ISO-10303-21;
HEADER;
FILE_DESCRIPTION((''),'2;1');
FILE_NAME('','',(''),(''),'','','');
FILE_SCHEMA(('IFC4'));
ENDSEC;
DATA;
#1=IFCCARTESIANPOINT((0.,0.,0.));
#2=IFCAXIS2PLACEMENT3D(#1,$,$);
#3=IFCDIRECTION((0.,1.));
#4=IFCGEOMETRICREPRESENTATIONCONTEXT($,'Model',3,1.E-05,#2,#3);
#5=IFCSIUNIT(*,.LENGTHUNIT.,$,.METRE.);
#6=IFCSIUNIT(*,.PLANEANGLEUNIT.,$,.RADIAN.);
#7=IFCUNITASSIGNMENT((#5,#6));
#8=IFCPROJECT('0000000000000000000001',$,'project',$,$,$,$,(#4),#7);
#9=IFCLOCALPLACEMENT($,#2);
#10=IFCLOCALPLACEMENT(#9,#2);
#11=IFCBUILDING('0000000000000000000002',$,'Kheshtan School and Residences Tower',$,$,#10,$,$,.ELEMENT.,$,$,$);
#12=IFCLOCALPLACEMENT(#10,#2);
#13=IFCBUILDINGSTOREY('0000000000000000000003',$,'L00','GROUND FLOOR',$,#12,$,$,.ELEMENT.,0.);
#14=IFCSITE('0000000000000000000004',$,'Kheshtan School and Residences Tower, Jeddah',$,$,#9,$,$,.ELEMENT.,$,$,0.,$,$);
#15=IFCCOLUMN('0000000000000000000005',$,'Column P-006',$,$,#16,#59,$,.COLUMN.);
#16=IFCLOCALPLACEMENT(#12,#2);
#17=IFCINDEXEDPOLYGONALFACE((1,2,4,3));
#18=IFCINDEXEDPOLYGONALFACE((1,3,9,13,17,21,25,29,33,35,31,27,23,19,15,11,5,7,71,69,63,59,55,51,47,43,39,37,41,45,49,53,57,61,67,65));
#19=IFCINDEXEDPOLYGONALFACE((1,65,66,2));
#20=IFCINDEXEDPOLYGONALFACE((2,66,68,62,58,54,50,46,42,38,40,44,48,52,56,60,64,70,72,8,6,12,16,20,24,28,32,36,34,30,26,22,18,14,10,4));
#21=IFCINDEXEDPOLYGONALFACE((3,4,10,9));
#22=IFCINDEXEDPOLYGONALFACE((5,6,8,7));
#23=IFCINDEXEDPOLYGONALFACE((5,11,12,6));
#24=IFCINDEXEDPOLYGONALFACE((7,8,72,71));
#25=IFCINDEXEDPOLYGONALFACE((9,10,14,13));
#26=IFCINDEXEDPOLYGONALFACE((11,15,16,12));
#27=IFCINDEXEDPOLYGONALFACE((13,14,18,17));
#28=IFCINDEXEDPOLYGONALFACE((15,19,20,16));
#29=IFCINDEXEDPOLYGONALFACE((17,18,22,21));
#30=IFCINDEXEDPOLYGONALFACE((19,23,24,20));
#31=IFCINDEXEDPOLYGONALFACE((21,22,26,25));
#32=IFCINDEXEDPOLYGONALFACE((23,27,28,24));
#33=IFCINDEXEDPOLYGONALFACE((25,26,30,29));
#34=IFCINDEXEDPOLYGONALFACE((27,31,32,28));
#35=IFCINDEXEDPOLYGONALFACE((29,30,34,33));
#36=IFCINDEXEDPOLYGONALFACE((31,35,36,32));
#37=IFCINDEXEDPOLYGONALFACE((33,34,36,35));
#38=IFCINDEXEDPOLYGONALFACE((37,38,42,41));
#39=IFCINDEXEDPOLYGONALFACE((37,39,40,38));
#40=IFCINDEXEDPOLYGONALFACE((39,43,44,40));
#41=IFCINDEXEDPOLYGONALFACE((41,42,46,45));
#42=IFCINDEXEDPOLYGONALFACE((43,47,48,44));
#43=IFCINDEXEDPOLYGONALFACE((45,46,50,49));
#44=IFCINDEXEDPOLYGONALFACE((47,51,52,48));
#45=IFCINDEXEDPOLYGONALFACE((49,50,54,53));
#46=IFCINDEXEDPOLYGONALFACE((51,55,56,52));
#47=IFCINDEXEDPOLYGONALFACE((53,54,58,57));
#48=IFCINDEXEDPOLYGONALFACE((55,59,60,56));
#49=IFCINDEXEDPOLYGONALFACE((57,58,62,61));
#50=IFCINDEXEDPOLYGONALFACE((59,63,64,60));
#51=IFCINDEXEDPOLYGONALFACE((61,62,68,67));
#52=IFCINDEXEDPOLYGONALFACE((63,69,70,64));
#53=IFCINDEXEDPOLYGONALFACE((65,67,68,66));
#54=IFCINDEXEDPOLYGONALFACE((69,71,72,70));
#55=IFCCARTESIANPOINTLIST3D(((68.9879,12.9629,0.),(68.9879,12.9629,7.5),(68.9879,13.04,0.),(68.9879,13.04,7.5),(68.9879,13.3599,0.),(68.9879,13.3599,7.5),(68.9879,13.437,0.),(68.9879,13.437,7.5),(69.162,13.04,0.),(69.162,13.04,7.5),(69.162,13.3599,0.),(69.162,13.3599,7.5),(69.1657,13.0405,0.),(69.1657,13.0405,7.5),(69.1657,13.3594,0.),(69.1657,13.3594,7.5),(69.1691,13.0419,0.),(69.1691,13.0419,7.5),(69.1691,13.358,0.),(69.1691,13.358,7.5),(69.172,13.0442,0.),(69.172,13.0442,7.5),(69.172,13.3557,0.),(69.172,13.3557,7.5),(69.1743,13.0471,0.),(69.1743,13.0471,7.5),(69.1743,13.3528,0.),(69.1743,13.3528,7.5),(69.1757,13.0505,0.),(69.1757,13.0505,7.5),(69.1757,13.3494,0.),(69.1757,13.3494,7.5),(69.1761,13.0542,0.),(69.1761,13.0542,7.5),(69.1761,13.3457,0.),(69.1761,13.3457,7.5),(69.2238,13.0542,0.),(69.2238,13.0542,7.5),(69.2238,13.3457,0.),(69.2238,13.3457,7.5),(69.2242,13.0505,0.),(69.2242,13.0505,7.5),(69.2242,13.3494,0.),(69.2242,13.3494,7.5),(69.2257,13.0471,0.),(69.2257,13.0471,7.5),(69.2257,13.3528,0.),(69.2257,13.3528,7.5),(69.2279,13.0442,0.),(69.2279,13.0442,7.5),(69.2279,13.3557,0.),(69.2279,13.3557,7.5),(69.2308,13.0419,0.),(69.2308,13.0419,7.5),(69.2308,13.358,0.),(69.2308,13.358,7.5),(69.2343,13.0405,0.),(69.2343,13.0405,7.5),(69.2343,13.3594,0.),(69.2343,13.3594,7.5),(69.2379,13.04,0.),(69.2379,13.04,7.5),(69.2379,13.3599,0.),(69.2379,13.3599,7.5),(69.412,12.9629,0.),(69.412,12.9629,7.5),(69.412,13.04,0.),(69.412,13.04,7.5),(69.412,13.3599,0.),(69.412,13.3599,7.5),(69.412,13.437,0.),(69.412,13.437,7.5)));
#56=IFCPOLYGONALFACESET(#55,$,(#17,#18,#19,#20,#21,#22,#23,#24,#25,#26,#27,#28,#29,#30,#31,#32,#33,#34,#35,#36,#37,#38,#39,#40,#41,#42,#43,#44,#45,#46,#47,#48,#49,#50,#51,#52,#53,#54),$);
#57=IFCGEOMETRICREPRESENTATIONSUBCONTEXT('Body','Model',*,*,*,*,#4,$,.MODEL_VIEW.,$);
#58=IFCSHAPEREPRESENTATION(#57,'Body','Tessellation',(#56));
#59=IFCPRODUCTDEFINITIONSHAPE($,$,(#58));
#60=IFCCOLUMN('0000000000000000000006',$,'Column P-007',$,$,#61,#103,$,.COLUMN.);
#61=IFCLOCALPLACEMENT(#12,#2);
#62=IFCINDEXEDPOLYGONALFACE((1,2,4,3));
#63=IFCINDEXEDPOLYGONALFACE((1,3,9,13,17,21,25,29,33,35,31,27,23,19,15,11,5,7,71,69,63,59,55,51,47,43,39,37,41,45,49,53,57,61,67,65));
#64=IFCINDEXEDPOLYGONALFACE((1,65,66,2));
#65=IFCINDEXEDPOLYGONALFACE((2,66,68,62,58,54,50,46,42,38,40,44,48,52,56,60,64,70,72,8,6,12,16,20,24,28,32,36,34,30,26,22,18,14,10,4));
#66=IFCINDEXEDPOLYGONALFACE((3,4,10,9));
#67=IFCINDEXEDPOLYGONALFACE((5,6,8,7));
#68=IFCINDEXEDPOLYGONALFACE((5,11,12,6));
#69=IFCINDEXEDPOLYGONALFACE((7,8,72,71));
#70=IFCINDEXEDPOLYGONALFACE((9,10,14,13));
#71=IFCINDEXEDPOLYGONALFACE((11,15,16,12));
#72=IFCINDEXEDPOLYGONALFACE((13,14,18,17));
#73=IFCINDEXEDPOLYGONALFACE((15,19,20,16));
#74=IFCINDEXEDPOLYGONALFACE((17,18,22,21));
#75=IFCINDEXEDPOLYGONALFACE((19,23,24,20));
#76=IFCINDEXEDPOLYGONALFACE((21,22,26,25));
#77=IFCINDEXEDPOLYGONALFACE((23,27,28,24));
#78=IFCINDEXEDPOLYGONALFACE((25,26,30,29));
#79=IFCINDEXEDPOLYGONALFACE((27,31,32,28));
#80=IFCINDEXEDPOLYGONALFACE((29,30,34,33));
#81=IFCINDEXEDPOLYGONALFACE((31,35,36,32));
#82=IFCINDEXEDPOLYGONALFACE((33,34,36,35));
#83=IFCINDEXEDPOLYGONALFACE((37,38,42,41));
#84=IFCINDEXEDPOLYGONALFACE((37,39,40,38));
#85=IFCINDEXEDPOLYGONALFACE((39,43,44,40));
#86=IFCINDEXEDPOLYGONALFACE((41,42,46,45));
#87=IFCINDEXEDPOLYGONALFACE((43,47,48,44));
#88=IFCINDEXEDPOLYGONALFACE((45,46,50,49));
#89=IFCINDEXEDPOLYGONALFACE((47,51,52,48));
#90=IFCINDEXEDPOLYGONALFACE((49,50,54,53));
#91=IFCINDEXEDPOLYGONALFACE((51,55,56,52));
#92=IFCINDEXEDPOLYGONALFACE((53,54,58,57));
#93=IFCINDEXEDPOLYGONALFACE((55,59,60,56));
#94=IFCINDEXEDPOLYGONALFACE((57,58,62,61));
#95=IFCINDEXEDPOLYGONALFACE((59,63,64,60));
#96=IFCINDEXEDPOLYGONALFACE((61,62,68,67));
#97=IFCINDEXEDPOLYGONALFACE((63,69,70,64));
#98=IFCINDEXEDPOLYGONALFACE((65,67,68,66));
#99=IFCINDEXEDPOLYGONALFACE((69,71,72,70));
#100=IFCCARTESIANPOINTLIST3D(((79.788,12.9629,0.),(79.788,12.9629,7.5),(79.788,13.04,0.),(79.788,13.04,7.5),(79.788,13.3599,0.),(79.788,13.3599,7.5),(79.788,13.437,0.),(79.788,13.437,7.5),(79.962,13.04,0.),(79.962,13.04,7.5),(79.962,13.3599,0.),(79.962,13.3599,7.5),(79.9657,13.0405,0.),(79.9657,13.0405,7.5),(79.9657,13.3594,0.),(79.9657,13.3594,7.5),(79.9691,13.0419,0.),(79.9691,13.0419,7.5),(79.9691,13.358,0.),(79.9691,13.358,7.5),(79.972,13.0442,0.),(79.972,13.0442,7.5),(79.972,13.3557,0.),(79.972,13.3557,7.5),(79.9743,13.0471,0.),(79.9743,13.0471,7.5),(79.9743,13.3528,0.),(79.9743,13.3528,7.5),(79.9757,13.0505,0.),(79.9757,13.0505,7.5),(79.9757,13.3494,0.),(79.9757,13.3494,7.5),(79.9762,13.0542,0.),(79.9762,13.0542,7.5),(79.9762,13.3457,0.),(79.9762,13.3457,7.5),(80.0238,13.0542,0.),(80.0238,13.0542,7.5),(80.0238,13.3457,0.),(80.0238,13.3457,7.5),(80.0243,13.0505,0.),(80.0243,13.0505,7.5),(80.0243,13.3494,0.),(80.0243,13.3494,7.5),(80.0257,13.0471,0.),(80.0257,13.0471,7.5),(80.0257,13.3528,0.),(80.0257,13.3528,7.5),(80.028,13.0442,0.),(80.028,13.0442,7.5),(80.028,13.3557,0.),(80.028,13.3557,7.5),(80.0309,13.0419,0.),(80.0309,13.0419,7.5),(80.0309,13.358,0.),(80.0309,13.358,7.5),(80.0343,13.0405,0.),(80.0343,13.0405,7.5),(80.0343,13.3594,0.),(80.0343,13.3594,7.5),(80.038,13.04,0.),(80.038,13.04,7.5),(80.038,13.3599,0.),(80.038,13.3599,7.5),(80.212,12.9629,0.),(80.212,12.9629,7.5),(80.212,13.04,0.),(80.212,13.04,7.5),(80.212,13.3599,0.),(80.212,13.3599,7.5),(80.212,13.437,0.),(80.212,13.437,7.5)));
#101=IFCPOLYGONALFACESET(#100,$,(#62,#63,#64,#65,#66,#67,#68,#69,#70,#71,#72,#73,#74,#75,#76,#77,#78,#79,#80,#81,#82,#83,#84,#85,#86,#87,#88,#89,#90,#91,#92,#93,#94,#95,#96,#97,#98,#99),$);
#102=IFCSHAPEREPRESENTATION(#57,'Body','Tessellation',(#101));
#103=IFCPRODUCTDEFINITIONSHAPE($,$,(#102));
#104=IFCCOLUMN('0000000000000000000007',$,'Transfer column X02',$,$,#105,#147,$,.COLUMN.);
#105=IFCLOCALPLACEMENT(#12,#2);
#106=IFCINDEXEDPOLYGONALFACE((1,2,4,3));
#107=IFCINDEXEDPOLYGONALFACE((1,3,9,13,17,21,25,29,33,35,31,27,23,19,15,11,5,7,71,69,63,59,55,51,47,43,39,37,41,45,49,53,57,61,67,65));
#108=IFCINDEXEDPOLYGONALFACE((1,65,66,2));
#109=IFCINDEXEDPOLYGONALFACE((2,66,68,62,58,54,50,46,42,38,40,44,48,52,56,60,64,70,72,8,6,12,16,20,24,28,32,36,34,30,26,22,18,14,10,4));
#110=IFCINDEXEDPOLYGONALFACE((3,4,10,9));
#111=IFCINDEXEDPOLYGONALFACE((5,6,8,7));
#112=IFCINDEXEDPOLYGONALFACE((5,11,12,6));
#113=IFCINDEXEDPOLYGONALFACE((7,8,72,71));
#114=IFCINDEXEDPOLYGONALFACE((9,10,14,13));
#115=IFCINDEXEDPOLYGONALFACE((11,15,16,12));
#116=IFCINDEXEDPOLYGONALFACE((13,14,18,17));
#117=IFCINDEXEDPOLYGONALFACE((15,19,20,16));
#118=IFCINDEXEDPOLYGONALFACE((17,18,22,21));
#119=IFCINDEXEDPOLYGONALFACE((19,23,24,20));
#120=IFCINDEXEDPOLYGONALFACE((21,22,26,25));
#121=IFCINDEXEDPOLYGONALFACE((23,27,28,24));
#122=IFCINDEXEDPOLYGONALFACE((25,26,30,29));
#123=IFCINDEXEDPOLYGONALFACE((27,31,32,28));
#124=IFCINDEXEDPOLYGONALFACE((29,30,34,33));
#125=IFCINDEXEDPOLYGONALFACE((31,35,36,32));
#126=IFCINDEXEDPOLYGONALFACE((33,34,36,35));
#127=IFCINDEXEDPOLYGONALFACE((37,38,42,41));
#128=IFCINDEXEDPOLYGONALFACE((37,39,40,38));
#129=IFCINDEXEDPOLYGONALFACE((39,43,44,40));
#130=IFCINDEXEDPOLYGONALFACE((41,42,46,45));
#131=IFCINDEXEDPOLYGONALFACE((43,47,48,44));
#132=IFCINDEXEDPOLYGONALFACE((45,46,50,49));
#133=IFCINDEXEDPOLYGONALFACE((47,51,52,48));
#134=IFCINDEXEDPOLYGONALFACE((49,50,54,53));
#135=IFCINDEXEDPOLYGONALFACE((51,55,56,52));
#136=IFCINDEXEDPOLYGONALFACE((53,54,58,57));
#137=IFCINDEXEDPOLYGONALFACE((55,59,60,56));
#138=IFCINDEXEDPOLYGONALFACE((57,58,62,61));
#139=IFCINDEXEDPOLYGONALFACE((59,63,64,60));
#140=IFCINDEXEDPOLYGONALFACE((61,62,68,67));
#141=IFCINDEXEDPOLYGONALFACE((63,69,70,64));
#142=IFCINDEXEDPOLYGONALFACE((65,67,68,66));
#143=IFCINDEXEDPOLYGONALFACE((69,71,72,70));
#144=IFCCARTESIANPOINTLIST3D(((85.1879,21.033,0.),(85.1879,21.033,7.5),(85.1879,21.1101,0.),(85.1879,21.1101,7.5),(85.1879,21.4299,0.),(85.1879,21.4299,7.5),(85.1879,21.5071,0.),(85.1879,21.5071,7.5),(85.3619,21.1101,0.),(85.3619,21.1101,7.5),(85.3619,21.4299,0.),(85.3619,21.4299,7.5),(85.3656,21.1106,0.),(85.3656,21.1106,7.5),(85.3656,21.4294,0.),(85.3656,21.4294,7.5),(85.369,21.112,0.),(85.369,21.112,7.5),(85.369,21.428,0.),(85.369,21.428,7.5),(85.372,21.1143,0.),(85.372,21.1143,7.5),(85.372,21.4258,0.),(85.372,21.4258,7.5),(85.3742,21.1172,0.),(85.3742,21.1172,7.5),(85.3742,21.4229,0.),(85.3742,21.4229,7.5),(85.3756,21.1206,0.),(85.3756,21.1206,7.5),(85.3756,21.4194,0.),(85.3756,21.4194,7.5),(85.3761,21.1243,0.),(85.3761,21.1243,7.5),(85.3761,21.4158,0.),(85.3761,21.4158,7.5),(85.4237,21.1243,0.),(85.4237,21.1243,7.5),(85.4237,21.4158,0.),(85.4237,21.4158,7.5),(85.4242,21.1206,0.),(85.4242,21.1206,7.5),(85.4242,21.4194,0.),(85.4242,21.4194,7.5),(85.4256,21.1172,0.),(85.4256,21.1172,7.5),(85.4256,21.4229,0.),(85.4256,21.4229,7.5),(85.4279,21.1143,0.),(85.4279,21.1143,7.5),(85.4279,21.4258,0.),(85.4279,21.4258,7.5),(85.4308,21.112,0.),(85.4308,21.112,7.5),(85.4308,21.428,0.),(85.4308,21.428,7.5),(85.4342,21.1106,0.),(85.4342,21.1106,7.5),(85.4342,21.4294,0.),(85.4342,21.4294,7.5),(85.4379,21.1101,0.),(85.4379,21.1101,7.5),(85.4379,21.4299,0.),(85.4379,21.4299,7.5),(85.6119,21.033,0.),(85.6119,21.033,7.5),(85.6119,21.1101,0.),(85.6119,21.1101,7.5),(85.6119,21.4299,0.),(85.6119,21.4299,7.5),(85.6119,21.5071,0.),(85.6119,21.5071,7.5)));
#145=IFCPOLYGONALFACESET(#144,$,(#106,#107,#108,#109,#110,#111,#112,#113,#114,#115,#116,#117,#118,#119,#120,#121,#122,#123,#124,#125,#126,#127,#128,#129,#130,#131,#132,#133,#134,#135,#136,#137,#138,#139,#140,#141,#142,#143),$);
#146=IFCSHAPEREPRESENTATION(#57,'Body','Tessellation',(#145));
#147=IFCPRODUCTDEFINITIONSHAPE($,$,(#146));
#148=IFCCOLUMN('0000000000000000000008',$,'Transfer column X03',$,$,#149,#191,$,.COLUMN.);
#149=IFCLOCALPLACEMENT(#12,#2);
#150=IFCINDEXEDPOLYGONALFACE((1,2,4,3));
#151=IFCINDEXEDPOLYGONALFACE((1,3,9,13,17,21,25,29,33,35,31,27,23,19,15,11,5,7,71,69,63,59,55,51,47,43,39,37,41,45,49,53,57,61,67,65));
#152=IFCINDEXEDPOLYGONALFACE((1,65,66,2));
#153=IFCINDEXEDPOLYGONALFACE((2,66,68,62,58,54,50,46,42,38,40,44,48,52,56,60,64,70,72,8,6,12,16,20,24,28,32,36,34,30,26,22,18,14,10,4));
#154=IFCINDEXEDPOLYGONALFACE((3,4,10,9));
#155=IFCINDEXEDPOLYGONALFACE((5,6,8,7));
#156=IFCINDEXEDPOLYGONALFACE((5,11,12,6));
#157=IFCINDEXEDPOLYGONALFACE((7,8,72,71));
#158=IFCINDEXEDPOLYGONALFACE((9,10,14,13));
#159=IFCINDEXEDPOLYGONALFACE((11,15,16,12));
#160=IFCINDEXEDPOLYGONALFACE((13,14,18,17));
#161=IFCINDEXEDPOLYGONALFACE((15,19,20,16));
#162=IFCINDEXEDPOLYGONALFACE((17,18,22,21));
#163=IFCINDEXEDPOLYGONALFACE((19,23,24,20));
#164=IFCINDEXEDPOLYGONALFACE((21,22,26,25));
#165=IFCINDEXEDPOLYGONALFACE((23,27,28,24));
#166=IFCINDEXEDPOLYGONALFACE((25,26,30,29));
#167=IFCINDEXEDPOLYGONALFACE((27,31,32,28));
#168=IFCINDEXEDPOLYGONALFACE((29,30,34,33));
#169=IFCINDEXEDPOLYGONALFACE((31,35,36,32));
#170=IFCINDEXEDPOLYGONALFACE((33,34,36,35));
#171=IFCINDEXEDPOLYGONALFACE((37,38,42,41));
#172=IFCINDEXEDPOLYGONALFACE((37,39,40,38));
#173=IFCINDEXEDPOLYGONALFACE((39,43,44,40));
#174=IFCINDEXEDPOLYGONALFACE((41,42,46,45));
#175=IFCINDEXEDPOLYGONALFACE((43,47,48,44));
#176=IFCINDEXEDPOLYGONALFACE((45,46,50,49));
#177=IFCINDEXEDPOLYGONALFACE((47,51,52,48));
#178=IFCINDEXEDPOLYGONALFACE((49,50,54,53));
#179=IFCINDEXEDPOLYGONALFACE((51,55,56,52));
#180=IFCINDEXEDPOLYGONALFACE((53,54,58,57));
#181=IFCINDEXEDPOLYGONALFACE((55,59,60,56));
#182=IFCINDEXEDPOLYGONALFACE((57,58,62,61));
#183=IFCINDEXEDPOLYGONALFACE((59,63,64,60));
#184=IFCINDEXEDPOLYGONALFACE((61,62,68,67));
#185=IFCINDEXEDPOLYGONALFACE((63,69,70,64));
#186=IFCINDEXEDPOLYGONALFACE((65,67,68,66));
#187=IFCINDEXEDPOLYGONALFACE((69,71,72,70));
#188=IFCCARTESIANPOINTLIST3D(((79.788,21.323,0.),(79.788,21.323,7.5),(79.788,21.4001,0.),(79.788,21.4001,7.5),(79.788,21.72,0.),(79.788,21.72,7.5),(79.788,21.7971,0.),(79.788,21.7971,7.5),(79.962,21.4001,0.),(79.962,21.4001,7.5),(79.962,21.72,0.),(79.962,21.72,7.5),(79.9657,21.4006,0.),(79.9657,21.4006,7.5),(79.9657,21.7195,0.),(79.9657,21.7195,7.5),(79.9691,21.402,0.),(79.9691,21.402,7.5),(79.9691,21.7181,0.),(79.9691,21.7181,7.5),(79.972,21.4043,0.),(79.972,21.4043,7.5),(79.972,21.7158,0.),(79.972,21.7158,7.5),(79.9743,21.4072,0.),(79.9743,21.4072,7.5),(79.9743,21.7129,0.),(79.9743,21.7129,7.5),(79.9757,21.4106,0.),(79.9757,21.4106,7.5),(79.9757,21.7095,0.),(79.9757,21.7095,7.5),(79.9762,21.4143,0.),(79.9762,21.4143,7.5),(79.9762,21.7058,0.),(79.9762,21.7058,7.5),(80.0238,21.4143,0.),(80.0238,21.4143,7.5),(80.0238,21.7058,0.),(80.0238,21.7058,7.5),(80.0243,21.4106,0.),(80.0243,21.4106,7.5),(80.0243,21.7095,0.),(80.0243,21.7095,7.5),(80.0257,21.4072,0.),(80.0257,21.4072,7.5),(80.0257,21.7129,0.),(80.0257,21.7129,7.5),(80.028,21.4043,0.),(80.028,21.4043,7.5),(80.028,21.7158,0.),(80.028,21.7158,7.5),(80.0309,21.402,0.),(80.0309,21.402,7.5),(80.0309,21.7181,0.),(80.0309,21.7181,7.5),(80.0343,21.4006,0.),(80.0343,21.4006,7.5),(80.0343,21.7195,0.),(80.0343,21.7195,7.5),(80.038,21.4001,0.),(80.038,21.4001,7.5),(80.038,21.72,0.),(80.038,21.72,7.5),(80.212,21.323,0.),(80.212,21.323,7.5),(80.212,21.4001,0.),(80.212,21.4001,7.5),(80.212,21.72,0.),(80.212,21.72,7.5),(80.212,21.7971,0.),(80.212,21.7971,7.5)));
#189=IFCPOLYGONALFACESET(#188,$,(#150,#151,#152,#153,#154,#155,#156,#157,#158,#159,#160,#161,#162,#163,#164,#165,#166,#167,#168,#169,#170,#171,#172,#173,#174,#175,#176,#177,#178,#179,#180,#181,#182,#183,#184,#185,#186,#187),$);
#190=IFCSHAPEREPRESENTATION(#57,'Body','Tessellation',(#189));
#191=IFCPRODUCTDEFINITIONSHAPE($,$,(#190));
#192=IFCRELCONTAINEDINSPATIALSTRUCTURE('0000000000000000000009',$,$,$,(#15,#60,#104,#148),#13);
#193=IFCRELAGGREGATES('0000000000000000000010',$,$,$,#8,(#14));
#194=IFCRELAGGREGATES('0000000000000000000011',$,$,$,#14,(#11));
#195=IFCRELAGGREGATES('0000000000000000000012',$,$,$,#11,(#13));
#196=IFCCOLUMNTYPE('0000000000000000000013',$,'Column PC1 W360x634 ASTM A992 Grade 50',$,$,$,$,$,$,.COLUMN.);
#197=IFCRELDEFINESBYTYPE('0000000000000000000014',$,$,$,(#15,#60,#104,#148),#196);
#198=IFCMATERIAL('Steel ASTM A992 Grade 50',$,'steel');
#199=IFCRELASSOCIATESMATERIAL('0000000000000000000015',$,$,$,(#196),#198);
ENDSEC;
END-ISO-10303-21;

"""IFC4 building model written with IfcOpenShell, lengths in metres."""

from ifc_helpers import new_model, si_unit, direction, frame, origin, origin_2d, place, context, subcontext, project, spatial, i_section, extrude, material, material_profile, profile_set, type_object, element, save


model = new_model("IFC4")

# Units and contexts
model_context = context("Model", 3, precision=1e-05, world=origin(), true_north=direction((0.0, 1.0)))
body_context = subcontext(model_context, "Body", "Model", "MODEL_VIEW")
ifc_project = project(units=[si_unit("LENGTHUNIT", "METRE"), si_unit("PLANEANGLEUNIT", "RADIAN")], contexts=[model_context])

# Site, building, storey
site_placement = place(None, origin())
site = spatial("IfcSite", under=ifc_project, at=site_placement, Name="Kheshtan School and Residences Tower, Jeddah", CompositionType="ELEMENT", RefElevation=0.0)
building_placement = place(site_placement, origin())
building = spatial("IfcBuilding", under=site, at=building_placement, Name="Kheshtan School and Residences Tower", CompositionType="ELEMENT")
storey_placement = place(building_placement, origin())
storey = spatial("IfcBuildingStorey", under=building, at=storey_placement, Name="L00", Description="GROUND FLOOR", CompositionType="ELEMENT", Elevation=0.0)

# Columns
ifc_material_1 = material(Name="Steel ASTM A992 Grade 50", Category="steel")
ifc_material_profile_1 = material_profile(ifc_material_1, i_section(OverallWidth=0.4241, OverallDepth=0.4741, WebThickness=0.0476, FlangeThickness=0.0771, FilletRadius=0.0142, at=origin_2d()), Name="W360x634")
ifc_profile_set_1 = profile_set([ifc_material_profile_1], Name="Steel ASTM A992 Grade 50")
column_type = type_object("IfcColumnType", Name="Column PC1 W360x634 ASTM A992 Grade 50", PredefinedType="COLUMN", material=ifc_profile_set_1)
for number, where, z_axis, x_axis, name in (
    (1, (69.2, 13.2, 0.0), (0.0, 0.0, 1.0), (1.0, 0.0, 0.0), "Column P-006"),
    (2, (80.0, 13.2, 0.0), (0.0, 0.0, 1.0), (1.0, 0.0, 0.0), "Column P-007"),
    (3, (85.3999, 21.27, 0.0), (0.0, 0.0, 1.0), (1.0, 0.0, 0.0), "Transfer column X02"),
    (4, (80.0, 21.5601, 0.0), (0.0, 0.0, 1.0), (1.0, 0.0, 0.0), "Transfer column X03"),
):
    element("IfcColumn", number, at=place(storey_placement, frame(where, z_axis=z_axis, x_axis=x_axis)), inside=storey, type_object=column_type, Name=name, PredefinedType="COLUMN", context=body_context, shape_type="SweptSolid", body=[
        extrude(i_section(OverallWidth=0.4241, OverallDepth=0.4741, WebThickness=0.0476, FlangeThickness=0.0771, FilletRadius=0.0142, at=origin_2d()), origin(), (0.0, 0.0, 1.0), 7.5),
    ])

save(model, "model.ifc")
